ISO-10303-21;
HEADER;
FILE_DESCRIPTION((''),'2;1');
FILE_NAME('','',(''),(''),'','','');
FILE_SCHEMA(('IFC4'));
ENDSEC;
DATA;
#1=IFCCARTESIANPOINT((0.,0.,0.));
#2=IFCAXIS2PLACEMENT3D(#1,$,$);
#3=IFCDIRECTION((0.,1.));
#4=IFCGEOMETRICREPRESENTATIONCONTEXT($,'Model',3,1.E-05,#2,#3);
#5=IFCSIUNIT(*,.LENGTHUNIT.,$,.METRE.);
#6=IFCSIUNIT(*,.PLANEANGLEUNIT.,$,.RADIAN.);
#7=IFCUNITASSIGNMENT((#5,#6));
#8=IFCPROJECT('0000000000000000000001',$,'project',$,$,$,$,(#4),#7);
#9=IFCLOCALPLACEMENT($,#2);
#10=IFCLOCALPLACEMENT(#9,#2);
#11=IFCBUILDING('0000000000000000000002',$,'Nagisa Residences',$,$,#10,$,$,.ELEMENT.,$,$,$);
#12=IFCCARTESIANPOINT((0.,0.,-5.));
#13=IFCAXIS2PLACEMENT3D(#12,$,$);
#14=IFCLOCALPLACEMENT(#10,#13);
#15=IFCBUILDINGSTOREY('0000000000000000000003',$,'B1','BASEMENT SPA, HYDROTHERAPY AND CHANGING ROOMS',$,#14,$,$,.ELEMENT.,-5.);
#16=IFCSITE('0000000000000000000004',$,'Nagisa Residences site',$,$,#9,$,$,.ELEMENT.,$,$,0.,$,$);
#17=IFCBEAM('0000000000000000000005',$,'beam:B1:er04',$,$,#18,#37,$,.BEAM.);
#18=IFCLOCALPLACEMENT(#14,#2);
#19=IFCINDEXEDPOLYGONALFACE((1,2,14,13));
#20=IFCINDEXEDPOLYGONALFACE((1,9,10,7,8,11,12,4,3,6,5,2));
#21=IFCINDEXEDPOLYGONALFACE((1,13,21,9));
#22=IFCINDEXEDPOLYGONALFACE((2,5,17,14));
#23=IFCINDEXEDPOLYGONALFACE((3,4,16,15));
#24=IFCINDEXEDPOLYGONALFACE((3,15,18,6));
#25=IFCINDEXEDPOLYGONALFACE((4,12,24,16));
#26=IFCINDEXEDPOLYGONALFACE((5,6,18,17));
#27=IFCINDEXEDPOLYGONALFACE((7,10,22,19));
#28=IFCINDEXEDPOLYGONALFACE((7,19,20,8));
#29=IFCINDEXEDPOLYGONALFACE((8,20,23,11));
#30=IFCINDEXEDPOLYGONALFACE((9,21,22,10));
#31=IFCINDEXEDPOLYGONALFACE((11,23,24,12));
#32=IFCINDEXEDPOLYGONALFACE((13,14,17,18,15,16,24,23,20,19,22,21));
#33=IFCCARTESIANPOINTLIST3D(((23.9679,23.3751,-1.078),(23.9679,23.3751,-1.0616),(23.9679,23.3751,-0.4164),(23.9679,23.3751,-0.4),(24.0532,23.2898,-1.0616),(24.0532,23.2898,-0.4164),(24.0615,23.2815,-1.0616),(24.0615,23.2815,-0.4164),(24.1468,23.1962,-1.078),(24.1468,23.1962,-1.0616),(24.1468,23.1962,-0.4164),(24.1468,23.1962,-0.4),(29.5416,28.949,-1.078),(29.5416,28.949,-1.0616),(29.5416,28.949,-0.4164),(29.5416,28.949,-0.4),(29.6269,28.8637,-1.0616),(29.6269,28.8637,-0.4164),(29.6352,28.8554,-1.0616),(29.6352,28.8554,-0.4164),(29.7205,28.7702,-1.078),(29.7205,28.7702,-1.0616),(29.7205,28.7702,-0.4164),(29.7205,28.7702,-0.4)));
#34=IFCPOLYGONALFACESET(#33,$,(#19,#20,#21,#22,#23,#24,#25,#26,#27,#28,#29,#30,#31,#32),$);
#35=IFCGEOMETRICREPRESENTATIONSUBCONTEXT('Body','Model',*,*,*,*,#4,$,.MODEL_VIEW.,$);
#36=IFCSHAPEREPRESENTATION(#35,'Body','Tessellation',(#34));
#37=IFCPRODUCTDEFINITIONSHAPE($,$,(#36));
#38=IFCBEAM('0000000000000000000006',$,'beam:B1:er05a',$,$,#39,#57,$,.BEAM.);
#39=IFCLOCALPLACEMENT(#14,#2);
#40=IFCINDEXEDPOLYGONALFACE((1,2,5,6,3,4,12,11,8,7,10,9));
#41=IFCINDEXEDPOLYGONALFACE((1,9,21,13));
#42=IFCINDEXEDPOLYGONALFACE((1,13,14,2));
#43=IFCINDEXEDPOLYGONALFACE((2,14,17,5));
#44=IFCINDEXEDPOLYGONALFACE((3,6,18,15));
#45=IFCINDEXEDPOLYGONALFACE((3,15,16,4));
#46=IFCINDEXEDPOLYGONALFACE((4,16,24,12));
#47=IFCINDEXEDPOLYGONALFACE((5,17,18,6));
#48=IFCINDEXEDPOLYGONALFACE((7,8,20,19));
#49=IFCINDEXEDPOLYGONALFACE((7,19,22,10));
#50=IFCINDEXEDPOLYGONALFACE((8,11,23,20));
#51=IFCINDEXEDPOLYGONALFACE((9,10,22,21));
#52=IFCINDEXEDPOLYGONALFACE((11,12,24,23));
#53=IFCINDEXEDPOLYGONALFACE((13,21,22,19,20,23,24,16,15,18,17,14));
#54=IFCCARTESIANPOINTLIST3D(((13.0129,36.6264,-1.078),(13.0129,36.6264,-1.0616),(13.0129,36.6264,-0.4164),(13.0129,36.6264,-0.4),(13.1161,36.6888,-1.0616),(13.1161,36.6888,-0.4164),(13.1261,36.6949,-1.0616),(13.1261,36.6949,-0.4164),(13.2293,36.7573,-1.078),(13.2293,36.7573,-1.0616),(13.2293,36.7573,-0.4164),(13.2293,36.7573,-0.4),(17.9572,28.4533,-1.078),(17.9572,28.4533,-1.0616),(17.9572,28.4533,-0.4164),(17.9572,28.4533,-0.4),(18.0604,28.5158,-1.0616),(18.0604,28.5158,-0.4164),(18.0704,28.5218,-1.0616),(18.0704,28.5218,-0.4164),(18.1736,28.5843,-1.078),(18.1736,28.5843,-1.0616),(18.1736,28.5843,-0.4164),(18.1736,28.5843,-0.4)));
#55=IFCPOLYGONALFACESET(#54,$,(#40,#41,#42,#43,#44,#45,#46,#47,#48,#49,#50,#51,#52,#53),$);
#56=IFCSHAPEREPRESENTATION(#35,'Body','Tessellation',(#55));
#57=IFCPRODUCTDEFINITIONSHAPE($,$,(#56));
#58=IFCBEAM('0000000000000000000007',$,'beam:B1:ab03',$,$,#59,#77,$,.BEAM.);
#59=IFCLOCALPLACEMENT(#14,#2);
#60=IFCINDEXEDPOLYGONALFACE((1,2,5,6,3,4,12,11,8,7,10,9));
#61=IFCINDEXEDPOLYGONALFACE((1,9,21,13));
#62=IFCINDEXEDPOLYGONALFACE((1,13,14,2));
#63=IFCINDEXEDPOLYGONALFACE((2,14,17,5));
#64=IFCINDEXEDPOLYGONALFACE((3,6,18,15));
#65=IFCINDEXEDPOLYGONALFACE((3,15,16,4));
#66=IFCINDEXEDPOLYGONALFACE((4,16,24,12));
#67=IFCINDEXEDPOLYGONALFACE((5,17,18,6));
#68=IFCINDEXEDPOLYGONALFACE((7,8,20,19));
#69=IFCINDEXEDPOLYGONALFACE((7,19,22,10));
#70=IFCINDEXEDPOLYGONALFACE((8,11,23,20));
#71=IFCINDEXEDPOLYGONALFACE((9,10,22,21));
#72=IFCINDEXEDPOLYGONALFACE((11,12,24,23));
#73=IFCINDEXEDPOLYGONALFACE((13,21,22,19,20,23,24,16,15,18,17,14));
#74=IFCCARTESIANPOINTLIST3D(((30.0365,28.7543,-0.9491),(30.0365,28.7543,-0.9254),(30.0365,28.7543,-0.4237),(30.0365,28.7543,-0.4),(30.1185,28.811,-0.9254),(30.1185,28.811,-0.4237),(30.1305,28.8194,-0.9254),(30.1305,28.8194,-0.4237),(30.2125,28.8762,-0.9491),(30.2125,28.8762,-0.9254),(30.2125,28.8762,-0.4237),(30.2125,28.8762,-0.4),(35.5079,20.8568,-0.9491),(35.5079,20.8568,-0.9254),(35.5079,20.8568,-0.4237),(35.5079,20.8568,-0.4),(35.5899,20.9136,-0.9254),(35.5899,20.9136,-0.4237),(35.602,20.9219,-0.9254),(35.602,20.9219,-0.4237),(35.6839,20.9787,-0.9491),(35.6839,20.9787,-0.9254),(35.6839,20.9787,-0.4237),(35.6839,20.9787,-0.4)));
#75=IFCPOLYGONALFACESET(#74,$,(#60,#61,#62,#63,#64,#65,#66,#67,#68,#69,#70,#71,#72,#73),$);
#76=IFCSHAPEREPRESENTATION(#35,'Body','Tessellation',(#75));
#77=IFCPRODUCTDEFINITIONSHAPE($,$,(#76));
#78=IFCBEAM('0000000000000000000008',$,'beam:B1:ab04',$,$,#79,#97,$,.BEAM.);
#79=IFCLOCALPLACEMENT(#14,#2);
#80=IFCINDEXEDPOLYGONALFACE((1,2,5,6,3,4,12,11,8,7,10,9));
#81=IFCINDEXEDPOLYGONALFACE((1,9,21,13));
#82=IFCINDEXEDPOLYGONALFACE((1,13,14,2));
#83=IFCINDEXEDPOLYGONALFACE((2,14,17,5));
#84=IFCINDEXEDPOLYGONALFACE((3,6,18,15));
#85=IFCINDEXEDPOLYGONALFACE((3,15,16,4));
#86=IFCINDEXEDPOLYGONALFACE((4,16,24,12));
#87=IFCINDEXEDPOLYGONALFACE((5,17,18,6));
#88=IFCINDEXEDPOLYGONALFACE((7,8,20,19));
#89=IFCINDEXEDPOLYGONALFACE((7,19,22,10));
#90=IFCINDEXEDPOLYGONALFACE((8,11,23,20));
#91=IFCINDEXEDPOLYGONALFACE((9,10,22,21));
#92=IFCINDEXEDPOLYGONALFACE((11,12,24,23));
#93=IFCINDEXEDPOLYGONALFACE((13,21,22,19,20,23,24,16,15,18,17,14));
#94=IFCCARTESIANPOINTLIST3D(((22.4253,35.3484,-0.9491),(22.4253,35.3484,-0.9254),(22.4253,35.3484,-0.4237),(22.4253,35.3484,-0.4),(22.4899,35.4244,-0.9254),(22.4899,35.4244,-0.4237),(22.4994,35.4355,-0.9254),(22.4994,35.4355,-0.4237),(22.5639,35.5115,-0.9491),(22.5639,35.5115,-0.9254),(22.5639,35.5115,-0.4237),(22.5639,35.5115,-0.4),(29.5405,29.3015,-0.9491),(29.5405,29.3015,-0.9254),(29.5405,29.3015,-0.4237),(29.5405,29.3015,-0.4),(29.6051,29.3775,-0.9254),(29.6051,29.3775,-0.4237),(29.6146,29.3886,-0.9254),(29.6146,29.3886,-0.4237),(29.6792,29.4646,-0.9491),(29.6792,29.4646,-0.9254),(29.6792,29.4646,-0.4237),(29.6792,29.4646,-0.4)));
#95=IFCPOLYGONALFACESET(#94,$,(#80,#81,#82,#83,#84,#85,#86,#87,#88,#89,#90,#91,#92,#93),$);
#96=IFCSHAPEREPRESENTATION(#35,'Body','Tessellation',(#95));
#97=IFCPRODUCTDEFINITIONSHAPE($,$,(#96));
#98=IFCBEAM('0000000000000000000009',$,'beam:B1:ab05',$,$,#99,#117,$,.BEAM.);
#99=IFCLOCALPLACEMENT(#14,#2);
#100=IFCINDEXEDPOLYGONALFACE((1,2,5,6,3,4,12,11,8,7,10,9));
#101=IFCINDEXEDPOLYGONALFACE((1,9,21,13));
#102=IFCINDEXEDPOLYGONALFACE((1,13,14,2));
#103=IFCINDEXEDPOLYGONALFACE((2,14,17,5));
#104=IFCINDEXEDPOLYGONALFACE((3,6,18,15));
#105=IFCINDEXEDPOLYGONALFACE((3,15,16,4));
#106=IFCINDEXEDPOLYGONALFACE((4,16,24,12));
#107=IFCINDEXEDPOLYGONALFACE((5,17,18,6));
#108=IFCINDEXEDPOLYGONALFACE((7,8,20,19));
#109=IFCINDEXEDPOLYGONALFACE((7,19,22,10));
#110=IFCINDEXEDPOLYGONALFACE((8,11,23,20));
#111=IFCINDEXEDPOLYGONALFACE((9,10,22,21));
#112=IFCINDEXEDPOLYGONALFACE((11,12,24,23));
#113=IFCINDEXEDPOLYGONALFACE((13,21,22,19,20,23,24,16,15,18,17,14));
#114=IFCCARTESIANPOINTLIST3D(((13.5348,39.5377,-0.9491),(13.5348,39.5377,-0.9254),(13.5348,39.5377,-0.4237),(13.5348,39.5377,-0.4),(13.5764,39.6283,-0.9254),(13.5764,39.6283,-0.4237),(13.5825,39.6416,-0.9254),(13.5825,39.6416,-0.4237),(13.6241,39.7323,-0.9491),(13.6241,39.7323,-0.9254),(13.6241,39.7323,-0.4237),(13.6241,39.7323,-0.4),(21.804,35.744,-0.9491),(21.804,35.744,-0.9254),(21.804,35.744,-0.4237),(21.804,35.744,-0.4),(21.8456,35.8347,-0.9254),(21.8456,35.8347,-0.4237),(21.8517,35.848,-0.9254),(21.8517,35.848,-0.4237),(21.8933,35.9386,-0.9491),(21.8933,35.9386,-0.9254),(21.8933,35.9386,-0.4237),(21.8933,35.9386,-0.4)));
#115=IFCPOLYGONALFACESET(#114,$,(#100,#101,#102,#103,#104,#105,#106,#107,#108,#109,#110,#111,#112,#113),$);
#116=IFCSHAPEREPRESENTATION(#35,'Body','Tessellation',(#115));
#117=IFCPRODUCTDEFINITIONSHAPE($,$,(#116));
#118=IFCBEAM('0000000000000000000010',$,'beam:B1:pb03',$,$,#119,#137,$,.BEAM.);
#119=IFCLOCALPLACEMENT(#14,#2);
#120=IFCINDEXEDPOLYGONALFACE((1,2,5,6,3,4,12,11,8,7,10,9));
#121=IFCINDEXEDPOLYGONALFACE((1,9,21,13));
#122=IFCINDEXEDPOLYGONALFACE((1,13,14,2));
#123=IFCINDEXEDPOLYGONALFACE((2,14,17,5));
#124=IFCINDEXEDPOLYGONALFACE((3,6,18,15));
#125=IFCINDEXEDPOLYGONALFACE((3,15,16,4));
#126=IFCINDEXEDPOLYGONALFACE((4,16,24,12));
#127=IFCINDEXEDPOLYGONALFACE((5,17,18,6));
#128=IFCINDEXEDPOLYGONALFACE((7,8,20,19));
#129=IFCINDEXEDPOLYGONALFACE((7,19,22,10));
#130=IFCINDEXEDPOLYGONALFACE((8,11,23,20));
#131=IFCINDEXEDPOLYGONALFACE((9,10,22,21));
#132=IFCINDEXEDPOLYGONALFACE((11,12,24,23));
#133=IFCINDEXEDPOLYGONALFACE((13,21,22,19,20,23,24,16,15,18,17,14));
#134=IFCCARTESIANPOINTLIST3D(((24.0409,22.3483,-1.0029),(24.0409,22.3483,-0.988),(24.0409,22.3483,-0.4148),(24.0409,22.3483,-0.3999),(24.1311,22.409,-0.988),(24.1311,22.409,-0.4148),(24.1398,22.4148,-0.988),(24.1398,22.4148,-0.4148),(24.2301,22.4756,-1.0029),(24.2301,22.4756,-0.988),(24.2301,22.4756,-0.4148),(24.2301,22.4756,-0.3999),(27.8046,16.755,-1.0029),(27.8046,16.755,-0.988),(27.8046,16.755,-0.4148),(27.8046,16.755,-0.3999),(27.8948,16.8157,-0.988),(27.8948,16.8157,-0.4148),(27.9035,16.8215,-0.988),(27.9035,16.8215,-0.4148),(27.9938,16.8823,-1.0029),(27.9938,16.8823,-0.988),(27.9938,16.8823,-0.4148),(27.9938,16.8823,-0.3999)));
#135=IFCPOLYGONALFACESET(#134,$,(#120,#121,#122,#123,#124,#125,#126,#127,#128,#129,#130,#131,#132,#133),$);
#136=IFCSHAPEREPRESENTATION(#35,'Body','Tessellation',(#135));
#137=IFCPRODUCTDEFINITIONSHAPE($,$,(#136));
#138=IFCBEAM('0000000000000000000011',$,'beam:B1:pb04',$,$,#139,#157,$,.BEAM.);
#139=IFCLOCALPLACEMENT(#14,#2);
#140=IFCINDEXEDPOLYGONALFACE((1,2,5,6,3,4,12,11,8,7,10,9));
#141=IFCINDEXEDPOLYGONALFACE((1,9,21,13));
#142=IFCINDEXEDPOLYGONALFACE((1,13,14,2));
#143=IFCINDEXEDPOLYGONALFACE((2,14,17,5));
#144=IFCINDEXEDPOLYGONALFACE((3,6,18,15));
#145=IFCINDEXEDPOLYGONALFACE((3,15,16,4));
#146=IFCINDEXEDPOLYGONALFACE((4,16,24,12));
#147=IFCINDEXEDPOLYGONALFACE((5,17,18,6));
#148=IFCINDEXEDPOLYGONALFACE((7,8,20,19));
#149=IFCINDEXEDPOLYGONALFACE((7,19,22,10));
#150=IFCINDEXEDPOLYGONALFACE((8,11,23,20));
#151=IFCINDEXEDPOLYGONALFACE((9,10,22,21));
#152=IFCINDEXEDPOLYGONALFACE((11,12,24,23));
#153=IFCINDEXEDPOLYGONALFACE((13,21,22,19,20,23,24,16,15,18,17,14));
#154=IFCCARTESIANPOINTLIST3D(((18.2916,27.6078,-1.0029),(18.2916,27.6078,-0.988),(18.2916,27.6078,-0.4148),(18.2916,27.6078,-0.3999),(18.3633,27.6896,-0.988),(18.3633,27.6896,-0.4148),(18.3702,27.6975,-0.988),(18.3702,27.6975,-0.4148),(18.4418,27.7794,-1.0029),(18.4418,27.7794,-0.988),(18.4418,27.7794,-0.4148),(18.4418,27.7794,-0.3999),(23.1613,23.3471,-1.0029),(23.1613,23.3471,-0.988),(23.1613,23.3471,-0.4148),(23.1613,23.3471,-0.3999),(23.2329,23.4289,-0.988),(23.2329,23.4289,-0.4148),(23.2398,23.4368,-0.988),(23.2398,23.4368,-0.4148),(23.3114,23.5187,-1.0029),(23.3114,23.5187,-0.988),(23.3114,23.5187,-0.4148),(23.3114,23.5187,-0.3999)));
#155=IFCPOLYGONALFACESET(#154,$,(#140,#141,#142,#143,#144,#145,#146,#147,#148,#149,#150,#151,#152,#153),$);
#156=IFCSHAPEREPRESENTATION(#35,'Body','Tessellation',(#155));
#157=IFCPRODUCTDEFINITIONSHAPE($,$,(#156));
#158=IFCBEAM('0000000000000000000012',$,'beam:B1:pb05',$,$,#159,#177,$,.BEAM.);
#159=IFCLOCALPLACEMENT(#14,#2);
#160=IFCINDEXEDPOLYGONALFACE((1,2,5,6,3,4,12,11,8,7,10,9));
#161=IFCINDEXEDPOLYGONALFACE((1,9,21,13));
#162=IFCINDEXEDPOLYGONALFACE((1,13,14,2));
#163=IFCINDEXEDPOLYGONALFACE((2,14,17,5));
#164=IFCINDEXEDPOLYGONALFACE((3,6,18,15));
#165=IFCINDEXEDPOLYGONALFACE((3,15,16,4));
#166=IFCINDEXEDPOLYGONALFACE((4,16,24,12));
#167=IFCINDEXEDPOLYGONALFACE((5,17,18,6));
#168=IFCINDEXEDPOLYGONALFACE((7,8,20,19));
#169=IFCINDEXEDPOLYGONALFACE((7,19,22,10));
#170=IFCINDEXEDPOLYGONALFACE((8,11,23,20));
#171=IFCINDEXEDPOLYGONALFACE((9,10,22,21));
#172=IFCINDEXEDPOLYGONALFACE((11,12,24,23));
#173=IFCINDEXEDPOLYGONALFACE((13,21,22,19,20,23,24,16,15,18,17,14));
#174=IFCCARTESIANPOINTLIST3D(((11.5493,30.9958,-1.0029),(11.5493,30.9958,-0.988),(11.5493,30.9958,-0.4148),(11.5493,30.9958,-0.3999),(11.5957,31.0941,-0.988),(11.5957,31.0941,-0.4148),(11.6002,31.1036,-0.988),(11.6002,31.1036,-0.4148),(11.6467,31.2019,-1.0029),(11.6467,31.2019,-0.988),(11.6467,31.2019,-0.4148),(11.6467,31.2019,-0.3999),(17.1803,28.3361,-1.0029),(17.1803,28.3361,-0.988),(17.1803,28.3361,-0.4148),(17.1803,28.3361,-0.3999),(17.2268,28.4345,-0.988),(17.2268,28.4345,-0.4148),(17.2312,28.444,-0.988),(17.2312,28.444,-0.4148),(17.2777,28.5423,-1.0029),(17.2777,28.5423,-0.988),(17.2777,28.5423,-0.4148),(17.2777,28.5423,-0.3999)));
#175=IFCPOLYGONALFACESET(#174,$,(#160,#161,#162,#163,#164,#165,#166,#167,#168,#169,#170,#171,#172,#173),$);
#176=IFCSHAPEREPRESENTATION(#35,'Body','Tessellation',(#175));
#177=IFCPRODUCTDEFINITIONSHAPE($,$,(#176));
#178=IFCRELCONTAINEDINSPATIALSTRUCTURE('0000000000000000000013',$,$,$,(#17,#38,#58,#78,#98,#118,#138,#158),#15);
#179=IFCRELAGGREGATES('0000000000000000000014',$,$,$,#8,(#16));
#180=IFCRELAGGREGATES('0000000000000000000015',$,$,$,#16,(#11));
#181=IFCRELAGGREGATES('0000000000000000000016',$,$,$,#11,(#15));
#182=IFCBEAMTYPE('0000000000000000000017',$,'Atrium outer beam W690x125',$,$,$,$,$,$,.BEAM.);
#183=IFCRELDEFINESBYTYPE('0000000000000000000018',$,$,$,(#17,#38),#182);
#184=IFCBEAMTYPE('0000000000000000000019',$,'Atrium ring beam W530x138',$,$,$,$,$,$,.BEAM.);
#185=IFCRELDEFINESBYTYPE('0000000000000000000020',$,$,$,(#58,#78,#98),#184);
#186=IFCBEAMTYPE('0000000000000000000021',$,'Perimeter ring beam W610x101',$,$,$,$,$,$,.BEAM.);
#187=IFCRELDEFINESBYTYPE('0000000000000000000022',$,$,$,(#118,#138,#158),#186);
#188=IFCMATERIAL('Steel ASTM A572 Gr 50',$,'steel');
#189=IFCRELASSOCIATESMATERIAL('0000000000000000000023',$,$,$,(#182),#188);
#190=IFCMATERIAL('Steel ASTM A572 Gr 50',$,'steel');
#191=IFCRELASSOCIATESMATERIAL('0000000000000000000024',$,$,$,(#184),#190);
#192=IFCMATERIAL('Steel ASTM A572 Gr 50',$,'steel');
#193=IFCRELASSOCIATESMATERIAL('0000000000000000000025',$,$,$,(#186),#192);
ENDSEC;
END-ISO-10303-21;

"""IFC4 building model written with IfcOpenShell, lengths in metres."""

from ifc_helpers import new_model, si_unit, direction, frame, origin, origin_2d, place, context, subcontext, project, spatial, i_section, extrude, material, material_profile, profile_set, type_object, element, save


model = new_model("IFC4")

# Units and contexts
model_context = context("Model", 3, precision=1e-05, world=origin(), true_north=direction((0.0, 1.0)))
body_context = subcontext(model_context, "Body", "Model", "MODEL_VIEW")
ifc_project = project(units=[si_unit("LENGTHUNIT", "METRE"), si_unit("PLANEANGLEUNIT", "RADIAN")], contexts=[model_context])

# Site, building, storey
site_placement = place(None, origin())
site = spatial("IfcSite", under=ifc_project, at=site_placement, Name="Nagisa Residences site", CompositionType="ELEMENT", RefElevation=0.0)
building_placement = place(site_placement, origin())
building = spatial("IfcBuilding", under=site, at=building_placement, Name="Nagisa Residences", CompositionType="ELEMENT")
storey_placement = place(building_placement, frame((0.0, 0.0, -5.0)))
storey = spatial("IfcBuildingStorey", under=building, at=storey_placement, Name="B1", Description="BASEMENT SPA, HYDROTHERAPY AND CHANGING ROOMS", CompositionType="ELEMENT", Elevation=-5.0)

# Beams
ifc_material_1 = material(Name="Steel ASTM A572 Gr 50", Category="steel")
ifc_material_profile_1 = material_profile(ifc_material_1, i_section(OverallWidth=0.2529, OverallDepth=0.678, WebThickness=0.0117, FlangeThickness=0.0164, at=origin_2d()), Name="W690x125")
ifc_profile_set_1 = profile_set([ifc_material_profile_1], Name="Steel ASTM A572 Gr 50")
beam_type_1 = type_object("IfcBeamType", Name="Atrium outer beam W690x125", PredefinedType="BEAM", material=ifc_profile_set_1)
beam_1_placement = place(storey_placement, frame((24.0574, 23.2856, -0.739), z_axis=(0.707091, 0.707122, 0.0), x_axis=(-0.707122, 0.707091, 0.0)))
element("IfcBeam", 1, at=beam_1_placement, inside=storey, type_object=beam_type_1, Name="beam:B1:er04", PredefinedType="BEAM", context=body_context, shape_type="SweptSolid", body=[
    extrude(i_section(OverallWidth=0.2529, OverallDepth=0.678, WebThickness=0.0117, FlangeThickness=0.0164, at=origin_2d()), origin(), (0.0, 0.0, 1.0), 7.8826),
])
beam_2_placement = place(storey_placement, frame((18.0654, 28.5188, -0.739), z_axis=(-0.517608, 0.855618, 0.0), x_axis=(-0.855618, -0.517608, 0.0)))
element("IfcBeam", 2, at=beam_2_placement, inside=storey, type_object=beam_type_1, Name="beam:B1:er05a", PredefinedType="BEAM", context=body_context, shape_type="SweptSolid", body=[
    extrude(i_section(OverallWidth=0.2529, OverallDepth=0.678, WebThickness=0.0117, FlangeThickness=0.0164, at=origin_2d()), origin(), (0.0, 0.0, 1.0), 9.5522),
])
ifc_material_2 = material(Name="Steel ASTM A572 Gr 50", Category="steel")
ifc_material_profile_2 = material_profile(ifc_material_2, i_section(OverallWidth=0.2141, OverallDepth=0.5491, WebThickness=0.0146, FlangeThickness=0.0237, at=origin_2d()), Name="W530x138")
ifc_profile_set_2 = profile_set([ifc_material_profile_2], Name="Steel ASTM A572 Gr 50")
beam_type_2 = type_object("IfcBeamType", Name="Atrium ring beam W530x138", PredefinedType="BEAM", material=ifc_profile_set_2)
beam_3_placement = place(storey_placement, frame((35.5959, 20.9177, -0.6746), z_axis=(-0.569489, 0.821999, 0.0), x_axis=(-0.821999, -0.569489, 0.0)))
element("IfcBeam", 3, at=beam_3_placement, inside=storey, type_object=beam_type_2, Name="beam:B1:ab03", PredefinedType="BEAM", context=body_context, shape_type="SweptSolid", body=[
    extrude(i_section(OverallWidth=0.2141, OverallDepth=0.5491, WebThickness=0.0146, FlangeThickness=0.0237, at=origin_2d()), origin(), (0.0, 0.0, 1.0), 9.6077),
])
beam_4_placement = place(storey_placement, frame((29.6099, 29.3831, -0.6746), z_axis=(-0.761996, 0.647582, 0.0), x_axis=(-0.647582, -0.761996, 0.0)))
element("IfcBeam", 4, at=beam_4_placement, inside=storey, type_object=beam_type_2, Name="beam:B1:ab04", PredefinedType="BEAM", context=body_context, shape_type="SweptSolid", body=[
    extrude(i_section(OverallWidth=0.2141, OverallDepth=0.5491, WebThickness=0.0146, FlangeThickness=0.0237, at=origin_2d()), origin(), (0.0, 0.0, 1.0), 9.3376),
])
beam_5_placement = place(storey_placement, frame((21.8486, 35.8413, -0.6746), z_axis=(-0.908914, 0.416983, 0.0), x_axis=(-0.416983, -0.908914, 0.0)))
element("IfcBeam", 5, at=beam_5_placement, inside=storey, type_object=beam_type_2, Name="beam:B1:ab05", PredefinedType="BEAM", context=body_context, shape_type="SweptSolid", body=[
    extrude(i_section(OverallWidth=0.2141, OverallDepth=0.5491, WebThickness=0.0146, FlangeThickness=0.0237, at=origin_2d()), origin(), (0.0, 0.0, 1.0), 9.0979),
])
ifc_material_3 = material(Name="Steel ASTM A572 Gr 50", Category="steel")
ifc_material_profile_3 = material_profile(ifc_material_3, i_section(OverallWidth=0.228, OverallDepth=0.603, WebThickness=0.0105, FlangeThickness=0.0149, at=origin_2d()), Name="W610x101")
ifc_profile_set_3 = profile_set([ifc_material_profile_3], Name="Steel ASTM A572 Gr 50")
beam_type_3 = type_object("IfcBeamType", Name="Perimeter ring beam W610x101", PredefinedType="BEAM", material=ifc_profile_set_3)
beam_6_placement = place(storey_placement, frame((27.8992, 16.8186, -0.7014), z_axis=(-0.558272, 0.829658, 0.0), x_axis=(-0.829658, -0.558272, 0.0)))
element("IfcBeam", 6, at=beam_6_placement, inside=storey, type_object=beam_type_3, Name="beam:B1:pb03", PredefinedType="BEAM", context=body_context, shape_type="SweptSolid", body=[
    extrude(i_section(OverallWidth=0.228, OverallDepth=0.603, WebThickness=0.0105, FlangeThickness=0.0149, at=origin_2d()), origin(), (0.0, 0.0, 1.0), 6.7417),
])
beam_7_placement = place(storey_placement, frame((23.2363, 23.4329, -0.7014), z_axis=(-0.752591, 0.658489, 0.0), x_axis=(-0.658489, -0.752591, 0.0)))
element("IfcBeam", 7, at=beam_7_placement, inside=storey, type_object=beam_type_3, Name="beam:B1:pb04", PredefinedType="BEAM", context=body_context, shape_type="SweptSolid", body=[
    extrude(i_section(OverallWidth=0.228, OverallDepth=0.603, WebThickness=0.0105, FlangeThickness=0.0149, at=origin_2d()), origin(), (0.0, 0.0, 1.0), 6.4705),
])
beam_8_placement = place(storey_placement, frame((17.229, 28.4392, -0.7014), z_axis=(-0.904215, 0.427077, 0.0), x_axis=(-0.427077, -0.904215, 0.0)))
element("IfcBeam", 8, at=beam_8_placement, inside=storey, type_object=beam_type_3, Name="beam:B1:pb05", PredefinedType="BEAM", context=body_context, shape_type="SweptSolid", body=[
    extrude(i_section(OverallWidth=0.228, OverallDepth=0.603, WebThickness=0.0105, FlangeThickness=0.0149, at=origin_2d()), origin(), (0.0, 0.0, 1.0), 6.2275),
])

save(model, "model.ifc")
